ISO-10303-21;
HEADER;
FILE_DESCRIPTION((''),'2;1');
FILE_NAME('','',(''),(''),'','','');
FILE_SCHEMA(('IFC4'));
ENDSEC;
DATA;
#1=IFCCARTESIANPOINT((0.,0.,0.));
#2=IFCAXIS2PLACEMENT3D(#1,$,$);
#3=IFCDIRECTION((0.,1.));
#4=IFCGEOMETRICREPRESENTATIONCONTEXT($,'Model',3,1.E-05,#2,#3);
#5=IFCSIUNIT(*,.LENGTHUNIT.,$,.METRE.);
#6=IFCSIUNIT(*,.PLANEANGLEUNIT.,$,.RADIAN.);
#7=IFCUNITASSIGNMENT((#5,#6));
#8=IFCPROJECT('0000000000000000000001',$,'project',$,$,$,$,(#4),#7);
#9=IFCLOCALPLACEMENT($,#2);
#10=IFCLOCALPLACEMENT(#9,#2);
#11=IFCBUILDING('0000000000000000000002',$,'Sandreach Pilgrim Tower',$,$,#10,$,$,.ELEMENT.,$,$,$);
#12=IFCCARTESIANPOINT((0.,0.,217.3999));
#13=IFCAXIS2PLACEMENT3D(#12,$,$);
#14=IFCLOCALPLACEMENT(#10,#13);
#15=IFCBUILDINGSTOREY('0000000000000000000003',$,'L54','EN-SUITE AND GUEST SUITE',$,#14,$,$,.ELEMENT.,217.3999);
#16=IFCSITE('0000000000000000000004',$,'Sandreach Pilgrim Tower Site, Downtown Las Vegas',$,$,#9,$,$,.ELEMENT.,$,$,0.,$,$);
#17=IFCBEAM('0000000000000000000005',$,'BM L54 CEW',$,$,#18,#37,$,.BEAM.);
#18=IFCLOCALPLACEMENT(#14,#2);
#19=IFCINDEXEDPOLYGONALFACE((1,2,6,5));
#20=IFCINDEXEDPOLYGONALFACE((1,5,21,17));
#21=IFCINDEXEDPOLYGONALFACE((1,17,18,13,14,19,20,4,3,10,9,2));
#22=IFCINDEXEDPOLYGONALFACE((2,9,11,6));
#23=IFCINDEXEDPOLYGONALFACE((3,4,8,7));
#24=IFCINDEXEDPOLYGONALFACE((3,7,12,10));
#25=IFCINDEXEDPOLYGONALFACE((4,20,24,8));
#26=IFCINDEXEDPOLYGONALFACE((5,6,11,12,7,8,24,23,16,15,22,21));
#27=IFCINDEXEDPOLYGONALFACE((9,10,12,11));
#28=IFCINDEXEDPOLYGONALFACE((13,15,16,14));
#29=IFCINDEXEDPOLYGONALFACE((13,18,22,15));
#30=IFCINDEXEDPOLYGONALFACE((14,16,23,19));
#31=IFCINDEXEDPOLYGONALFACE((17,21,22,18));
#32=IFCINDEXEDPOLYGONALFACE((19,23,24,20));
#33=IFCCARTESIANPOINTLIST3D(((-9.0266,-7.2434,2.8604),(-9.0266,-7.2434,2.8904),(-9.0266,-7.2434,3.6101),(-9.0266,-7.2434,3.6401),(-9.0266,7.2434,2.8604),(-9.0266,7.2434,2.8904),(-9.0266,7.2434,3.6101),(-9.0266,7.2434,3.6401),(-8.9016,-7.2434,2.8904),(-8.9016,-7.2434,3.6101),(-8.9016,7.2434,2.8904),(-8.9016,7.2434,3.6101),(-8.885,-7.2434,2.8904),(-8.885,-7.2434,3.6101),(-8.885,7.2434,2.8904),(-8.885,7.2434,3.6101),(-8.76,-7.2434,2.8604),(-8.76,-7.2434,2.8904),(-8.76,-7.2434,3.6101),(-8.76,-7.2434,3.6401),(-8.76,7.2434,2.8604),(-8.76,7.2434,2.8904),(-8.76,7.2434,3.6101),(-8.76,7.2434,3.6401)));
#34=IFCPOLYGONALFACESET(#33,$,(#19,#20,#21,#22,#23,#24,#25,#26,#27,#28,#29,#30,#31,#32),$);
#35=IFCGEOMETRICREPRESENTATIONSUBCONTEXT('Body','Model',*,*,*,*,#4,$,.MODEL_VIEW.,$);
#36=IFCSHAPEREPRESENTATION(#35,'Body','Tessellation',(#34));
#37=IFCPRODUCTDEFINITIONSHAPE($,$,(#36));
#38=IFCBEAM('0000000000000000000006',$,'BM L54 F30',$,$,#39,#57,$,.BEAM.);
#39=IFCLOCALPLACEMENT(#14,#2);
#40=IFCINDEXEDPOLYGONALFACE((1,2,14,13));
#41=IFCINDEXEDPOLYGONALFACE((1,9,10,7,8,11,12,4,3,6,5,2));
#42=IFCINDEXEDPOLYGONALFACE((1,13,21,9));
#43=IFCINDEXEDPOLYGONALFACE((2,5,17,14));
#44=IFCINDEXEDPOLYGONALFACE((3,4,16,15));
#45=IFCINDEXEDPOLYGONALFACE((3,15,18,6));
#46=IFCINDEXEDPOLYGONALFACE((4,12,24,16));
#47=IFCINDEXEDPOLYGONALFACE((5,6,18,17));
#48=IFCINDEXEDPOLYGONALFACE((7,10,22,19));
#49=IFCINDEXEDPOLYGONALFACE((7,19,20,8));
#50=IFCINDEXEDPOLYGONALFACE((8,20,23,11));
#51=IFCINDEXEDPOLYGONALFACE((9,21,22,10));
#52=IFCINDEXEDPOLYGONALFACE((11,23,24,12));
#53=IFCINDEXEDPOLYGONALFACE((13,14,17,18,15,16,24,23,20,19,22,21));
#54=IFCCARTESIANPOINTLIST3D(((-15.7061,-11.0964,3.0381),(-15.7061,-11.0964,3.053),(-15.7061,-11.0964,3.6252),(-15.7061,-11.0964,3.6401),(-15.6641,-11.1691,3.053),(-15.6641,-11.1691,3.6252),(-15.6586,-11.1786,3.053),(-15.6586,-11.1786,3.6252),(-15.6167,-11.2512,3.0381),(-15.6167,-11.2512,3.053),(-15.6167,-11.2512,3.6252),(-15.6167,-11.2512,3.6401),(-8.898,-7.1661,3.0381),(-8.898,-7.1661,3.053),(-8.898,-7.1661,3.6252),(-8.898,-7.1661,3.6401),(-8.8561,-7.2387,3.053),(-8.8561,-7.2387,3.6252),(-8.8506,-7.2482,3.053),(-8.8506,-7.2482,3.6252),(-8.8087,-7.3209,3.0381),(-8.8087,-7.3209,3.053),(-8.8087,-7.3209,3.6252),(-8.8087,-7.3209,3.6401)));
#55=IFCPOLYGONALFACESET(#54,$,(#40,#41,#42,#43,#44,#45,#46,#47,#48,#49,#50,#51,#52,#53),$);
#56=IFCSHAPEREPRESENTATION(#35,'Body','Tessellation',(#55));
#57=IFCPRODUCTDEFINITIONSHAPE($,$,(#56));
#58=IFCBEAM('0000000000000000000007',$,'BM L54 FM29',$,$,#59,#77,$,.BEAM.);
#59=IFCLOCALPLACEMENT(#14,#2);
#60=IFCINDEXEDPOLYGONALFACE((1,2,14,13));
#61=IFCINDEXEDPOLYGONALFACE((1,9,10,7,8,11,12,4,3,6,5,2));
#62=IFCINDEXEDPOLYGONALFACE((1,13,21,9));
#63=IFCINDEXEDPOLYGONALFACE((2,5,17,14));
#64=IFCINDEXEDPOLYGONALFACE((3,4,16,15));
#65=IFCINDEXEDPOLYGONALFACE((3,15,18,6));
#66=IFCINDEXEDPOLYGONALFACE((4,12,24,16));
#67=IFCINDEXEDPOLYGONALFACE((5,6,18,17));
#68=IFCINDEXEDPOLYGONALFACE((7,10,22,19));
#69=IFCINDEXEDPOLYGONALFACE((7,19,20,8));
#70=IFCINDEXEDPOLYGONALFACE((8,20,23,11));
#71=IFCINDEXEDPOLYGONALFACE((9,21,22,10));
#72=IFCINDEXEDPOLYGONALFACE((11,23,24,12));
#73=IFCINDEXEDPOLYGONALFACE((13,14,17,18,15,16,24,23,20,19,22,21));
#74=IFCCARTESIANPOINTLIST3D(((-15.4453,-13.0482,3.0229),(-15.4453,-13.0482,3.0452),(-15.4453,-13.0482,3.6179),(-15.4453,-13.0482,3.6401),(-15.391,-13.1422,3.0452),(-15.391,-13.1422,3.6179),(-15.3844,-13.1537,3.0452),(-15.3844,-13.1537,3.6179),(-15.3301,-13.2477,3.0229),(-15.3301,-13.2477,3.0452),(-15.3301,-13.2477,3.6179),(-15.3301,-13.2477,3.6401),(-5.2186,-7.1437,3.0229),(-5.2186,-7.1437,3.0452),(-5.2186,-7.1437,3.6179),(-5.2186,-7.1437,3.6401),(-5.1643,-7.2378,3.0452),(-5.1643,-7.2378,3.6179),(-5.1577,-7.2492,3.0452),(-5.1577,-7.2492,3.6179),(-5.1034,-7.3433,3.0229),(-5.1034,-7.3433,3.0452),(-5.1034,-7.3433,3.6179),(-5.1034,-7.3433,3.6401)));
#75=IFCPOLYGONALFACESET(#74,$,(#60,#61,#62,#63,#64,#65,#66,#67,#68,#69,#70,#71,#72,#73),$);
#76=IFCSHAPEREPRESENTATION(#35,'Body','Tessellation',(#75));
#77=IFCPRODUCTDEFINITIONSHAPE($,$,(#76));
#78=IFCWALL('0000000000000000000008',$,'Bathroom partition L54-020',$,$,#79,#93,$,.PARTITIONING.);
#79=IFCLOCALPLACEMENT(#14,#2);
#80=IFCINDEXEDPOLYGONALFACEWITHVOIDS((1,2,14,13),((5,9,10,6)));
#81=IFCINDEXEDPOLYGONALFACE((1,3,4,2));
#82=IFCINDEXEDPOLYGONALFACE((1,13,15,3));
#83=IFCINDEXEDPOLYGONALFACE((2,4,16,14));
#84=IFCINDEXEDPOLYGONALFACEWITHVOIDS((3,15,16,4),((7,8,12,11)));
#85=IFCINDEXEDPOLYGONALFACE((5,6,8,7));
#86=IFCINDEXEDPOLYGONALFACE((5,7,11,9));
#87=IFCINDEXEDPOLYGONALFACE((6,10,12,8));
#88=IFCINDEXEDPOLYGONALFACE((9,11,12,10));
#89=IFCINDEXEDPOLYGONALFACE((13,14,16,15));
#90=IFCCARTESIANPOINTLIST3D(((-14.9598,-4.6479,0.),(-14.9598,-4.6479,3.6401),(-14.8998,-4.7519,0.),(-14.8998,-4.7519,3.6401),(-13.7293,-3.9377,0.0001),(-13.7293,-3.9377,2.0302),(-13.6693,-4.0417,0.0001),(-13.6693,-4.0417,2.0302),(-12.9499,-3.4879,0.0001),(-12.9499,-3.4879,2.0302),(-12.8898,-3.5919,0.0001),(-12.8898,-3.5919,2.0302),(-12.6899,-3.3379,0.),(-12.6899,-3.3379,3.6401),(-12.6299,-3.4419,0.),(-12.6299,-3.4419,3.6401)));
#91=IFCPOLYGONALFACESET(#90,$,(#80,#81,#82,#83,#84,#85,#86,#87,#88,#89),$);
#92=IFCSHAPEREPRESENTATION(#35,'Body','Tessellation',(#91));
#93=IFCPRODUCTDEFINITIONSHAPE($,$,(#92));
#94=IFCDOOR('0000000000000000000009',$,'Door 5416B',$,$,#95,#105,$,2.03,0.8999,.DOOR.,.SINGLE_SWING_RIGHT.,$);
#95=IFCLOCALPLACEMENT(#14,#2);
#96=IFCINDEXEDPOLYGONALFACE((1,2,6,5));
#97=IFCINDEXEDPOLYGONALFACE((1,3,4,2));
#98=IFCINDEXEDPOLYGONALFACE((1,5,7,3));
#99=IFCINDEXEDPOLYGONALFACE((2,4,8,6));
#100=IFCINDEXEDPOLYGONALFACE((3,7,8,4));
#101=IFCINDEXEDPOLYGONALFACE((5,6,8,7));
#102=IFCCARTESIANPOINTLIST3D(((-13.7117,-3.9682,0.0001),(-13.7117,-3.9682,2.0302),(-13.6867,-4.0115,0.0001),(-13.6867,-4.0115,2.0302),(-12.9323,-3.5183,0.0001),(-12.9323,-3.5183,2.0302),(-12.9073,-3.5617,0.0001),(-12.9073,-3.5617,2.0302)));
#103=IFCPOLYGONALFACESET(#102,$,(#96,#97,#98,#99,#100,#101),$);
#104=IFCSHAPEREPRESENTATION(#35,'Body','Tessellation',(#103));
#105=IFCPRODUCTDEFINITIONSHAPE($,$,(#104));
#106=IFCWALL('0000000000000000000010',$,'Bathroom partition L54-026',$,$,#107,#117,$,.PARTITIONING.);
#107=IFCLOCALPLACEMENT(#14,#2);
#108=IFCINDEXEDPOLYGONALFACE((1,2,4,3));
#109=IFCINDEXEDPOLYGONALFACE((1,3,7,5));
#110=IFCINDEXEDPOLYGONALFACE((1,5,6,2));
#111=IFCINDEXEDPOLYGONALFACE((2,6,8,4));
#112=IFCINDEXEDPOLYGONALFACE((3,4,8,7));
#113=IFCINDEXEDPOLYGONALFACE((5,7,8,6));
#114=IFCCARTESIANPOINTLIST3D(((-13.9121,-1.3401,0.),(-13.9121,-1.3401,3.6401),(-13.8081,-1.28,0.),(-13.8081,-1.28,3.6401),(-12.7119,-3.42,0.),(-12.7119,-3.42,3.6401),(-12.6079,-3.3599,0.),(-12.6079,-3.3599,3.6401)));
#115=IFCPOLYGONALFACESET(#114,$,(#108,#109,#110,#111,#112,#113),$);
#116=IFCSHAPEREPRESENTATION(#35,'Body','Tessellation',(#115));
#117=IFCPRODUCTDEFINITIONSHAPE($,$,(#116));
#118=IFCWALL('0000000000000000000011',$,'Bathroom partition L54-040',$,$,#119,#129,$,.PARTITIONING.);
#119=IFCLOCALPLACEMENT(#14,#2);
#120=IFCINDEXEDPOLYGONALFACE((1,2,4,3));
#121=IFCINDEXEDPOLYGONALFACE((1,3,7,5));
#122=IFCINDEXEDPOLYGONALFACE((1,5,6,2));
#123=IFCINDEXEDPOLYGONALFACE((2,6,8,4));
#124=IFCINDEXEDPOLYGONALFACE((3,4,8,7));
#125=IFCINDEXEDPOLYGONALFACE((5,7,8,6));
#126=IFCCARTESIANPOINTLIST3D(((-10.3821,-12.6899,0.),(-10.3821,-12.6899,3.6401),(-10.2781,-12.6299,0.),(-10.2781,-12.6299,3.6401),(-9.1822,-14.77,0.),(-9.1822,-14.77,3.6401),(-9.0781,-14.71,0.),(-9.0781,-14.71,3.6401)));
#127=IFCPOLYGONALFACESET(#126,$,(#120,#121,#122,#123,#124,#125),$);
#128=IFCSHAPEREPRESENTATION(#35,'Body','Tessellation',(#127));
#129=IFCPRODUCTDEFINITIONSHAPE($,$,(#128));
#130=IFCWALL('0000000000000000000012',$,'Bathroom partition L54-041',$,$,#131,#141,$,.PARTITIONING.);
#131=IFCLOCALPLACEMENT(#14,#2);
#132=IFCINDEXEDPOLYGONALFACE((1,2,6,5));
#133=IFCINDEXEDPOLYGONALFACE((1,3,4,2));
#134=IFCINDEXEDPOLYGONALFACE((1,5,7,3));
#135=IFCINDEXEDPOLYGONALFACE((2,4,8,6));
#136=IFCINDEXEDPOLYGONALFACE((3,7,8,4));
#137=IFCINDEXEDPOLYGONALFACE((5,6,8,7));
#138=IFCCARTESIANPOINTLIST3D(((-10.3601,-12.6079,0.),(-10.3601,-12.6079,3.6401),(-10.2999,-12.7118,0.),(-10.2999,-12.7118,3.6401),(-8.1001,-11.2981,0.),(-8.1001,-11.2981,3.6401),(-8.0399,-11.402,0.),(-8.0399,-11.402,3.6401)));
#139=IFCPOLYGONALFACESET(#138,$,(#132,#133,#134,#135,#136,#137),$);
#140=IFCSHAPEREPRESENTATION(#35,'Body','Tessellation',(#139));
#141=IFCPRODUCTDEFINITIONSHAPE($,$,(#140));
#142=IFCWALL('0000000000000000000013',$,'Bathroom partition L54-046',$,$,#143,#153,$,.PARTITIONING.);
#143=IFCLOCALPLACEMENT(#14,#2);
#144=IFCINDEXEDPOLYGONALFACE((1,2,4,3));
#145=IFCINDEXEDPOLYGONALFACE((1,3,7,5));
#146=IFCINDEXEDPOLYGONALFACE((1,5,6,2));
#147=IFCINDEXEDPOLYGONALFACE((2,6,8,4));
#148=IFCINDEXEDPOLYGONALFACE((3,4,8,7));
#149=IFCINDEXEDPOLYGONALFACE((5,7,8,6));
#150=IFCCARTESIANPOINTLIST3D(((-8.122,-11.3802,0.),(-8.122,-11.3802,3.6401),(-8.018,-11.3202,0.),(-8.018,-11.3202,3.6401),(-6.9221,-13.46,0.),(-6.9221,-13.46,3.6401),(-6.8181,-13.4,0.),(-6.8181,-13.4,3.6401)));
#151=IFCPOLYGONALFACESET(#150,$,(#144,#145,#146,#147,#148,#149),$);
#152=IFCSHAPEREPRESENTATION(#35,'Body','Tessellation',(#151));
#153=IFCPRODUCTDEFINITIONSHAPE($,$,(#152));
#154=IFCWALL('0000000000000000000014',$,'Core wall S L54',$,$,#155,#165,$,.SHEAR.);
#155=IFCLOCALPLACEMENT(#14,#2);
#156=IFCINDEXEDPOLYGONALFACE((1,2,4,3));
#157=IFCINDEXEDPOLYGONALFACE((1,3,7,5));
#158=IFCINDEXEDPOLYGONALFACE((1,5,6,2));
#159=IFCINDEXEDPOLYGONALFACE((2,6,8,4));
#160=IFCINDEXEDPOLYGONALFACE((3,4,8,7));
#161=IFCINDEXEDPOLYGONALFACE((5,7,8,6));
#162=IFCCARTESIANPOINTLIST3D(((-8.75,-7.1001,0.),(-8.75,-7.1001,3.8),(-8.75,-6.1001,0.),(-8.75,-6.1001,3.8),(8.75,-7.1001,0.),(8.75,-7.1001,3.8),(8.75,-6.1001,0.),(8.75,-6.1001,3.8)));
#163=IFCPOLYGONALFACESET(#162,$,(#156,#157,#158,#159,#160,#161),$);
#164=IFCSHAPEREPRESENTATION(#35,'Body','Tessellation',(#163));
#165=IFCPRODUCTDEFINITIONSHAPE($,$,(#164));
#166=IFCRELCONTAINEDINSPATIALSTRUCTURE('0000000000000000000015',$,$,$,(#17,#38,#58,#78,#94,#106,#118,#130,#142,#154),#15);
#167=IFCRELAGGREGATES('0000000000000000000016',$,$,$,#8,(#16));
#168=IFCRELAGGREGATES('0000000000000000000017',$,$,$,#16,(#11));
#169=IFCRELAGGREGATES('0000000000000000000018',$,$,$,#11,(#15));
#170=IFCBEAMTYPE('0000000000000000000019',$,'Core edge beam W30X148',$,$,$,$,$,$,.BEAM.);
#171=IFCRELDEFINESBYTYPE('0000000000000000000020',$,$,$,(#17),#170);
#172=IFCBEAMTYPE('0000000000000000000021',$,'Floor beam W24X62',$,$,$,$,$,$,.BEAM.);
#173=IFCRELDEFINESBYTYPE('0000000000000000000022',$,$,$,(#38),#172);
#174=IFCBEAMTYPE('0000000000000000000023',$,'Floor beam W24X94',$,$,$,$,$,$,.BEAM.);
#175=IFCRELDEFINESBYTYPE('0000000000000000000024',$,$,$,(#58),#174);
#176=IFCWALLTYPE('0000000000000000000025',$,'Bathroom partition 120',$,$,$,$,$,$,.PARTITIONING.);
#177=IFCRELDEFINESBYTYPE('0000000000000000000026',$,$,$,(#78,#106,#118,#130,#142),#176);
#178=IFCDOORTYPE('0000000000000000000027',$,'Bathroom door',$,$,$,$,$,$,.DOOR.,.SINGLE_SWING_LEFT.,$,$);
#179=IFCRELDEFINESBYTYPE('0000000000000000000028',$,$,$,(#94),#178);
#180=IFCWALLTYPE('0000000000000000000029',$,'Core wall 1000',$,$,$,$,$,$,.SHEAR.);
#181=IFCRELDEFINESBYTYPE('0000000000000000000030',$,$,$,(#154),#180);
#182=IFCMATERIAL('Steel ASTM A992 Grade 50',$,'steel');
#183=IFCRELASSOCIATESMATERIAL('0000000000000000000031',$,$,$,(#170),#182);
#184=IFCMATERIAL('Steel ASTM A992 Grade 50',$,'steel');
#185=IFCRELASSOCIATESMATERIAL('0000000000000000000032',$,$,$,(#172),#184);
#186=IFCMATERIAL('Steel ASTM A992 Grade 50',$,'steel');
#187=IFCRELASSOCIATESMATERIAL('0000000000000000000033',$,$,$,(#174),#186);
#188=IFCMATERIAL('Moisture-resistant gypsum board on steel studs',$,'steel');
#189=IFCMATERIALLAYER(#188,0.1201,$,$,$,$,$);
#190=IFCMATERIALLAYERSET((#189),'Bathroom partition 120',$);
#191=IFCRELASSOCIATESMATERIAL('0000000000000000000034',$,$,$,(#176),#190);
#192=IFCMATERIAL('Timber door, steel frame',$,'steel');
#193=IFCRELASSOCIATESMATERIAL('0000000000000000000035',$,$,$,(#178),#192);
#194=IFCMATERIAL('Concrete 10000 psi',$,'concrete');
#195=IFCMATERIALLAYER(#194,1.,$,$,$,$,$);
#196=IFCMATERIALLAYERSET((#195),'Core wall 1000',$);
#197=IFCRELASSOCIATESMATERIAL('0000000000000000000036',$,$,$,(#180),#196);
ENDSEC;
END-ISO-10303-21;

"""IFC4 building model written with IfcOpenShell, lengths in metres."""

from ifc_helpers import new_model, si_unit, direction, frame, frame_2d, origin, origin_2d, place, context, subcontext, project, spatial, rectangle, i_section, extrude, material, layer, layer_set, material_profile, profile_set, type_object, element, fill, save


model = new_model("IFC4")

# Units and contexts
model_context = context("Model", 3, precision=1e-05, world=origin(), true_north=direction((0.0, 1.0)))
body_context = subcontext(model_context, "Body", "Model", "MODEL_VIEW")
ifc_project = project(units=[si_unit("LENGTHUNIT", "METRE"), si_unit("PLANEANGLEUNIT", "RADIAN")], contexts=[model_context])

# Site, building, storey
site_placement = place(None, origin())
site = spatial("IfcSite", under=ifc_project, at=site_placement, Name="Sandreach Pilgrim Tower Site, Downtown Las Vegas", CompositionType="ELEMENT", RefElevation=0.0)
building_placement = place(site_placement, origin())
building = spatial("IfcBuilding", under=site, at=building_placement, Name="Sandreach Pilgrim Tower", CompositionType="ELEMENT")
storey_placement = place(building_placement, frame((0.0, 0.0, 217.3999)))
storey = spatial("IfcBuildingStorey", under=building, at=storey_placement, Name="L54", Description="EN-SUITE AND GUEST SUITE", CompositionType="ELEMENT", Elevation=217.3999)

# Beams
ifc_material_1 = material(Name="Steel ASTM A992 Grade 50", Category="steel")
ifc_material_profile_1 = material_profile(ifc_material_1, i_section(OverallWidth=0.2666, OverallDepth=0.7798, WebThickness=0.0166, FlangeThickness=0.03, at=origin_2d()), Name="W30X148")
ifc_profile_set_1 = profile_set([ifc_material_profile_1], Name="Steel ASTM A992 Grade 50")
beam_type_1 = type_object("IfcBeamType", Name="Core edge beam W30X148", PredefinedType="BEAM", material=ifc_profile_set_1)
beam_1_placement = place(storey_placement, frame((-8.8933, -7.2434, 3.2502), z_axis=(0.0, 1.0, 0.0), x_axis=(-1.0, 0.0, 0.0)))
element("IfcBeam", 1, at=beam_1_placement, inside=storey, type_object=beam_type_1, Name="BM L54 CEW", PredefinedType="BEAM", context=body_context, shape_type="SweptSolid", body=[
    extrude(i_section(OverallWidth=0.2666, OverallDepth=0.7798, WebThickness=0.0166, FlangeThickness=0.03, at=origin_2d()), origin(), (0.0, 0.0, 1.0), 14.4868),
])
ifc_material_2 = material(Name="Steel ASTM A992 Grade 50", Category="steel")
ifc_material_profile_2 = material_profile(ifc_material_2, i_section(OverallWidth=0.1787, OverallDepth=0.6021, WebThickness=0.011, FlangeThickness=0.0149, at=origin_2d()), Name="W24X62")
ifc_profile_set_2 = profile_set([ifc_material_profile_2], Name="Steel ASTM A992 Grade 50")
beam_type_2 = type_object("IfcBeamType", Name="Floor beam W24X62", PredefinedType="BEAM", material=ifc_profile_set_2)
beam_2_placement = place(storey_placement, frame((-15.6614, -11.1738, 3.3391), z_axis=(0.866039, 0.499977, 0.0), x_axis=(-0.499977, 0.866039, 0.0)))
element("IfcBeam", 2, at=beam_2_placement, inside=storey, type_object=beam_type_2, Name="BM L54 F30", PredefinedType="BEAM", context=body_context, shape_type="SweptSolid", body=[
    extrude(i_section(OverallWidth=0.1787, OverallDepth=0.6021, WebThickness=0.011, FlangeThickness=0.0149, at=origin_2d()), origin(), (0.0, 0.0, 1.0), 7.8611),
])
ifc_material_3 = material(Name="Steel ASTM A992 Grade 50", Category="steel")
ifc_material_profile_3 = material_profile(ifc_material_3, i_section(OverallWidth=0.2305, OverallDepth=0.6172, WebThickness=0.0132, FlangeThickness=0.0222, at=origin_2d()), Name="W24X94")
ifc_profile_set_3 = profile_set([ifc_material_profile_3], Name="Steel ASTM A992 Grade 50")
beam_type_3 = type_object("IfcBeamType", Name="Floor beam W24X94", PredefinedType="BEAM", material=ifc_profile_set_3)
beam_3_placement = place(storey_placement, frame((-15.3877, -13.1479, 3.3315), z_axis=(0.866022, 0.500006, 0.0), x_axis=(-0.500006, 0.866022, 0.0)))
element("IfcBeam", 3, at=beam_3_placement, inside=storey, type_object=beam_type_3, Name="BM L54 FM29", PredefinedType="BEAM", context=body_context, shape_type="SweptSolid", body=[
    extrude(i_section(OverallWidth=0.2305, OverallDepth=0.6172, WebThickness=0.0132, FlangeThickness=0.0222, at=origin_2d()), origin(), (0.0, 0.0, 1.0), 11.8088),
])

# Wall, opening, door
ifc_material_4 = material(Name="Moisture-resistant gypsum board on steel studs", Category="steel")
ifc_layer_1 = layer(ifc_material_4, 0.1201)
ifc_layer_set_1 = layer_set([ifc_layer_1], Name="Bathroom partition 120")
wall_type_1 = type_object("IfcWallType", Name="Bathroom partition 120", PredefinedType="PARTITIONING", material=ifc_layer_set_1)
wall_1_placement = place(storey_placement, frame((-14.9299, -4.7, 0.0), z_axis=(0.0, 0.0, 1.0), x_axis=(0.866114, 0.499846, 0.0)))
wall_1 = element("IfcWall", 4, at=wall_1_placement, inside=storey, type_object=wall_type_1, Name="Bathroom partition L54-020", PredefinedType="PARTITIONING", context=body_context, shape_type="SweptSolid", body=[
    extrude(rectangle(XDim=2.6208, YDim=0.1201, at=frame_2d((1.3105, 0.0))), origin(), (0.0, 0.0, 1.0), 3.6401),
])
opening_1_placement = place(wall_1_placement, frame((1.4209, 0.0, 0.0)))
opening_1 = element("IfcOpeningElement", 5, at=opening_1_placement, cuts=wall_1, PredefinedType="OPENING", context=body_context, shape_type="SweptSolid", body=[
    extrude(rectangle(XDim=0.8999, YDim=2.03, at=frame_2d((0.45, 1.0151))), frame((0.0, 0.0601, 0.0), z_axis=(0.0, -1.0, 0.0), x_axis=(1.0, 0.0, 0.0)), (0.0, 0.0, 1.0), 0.1201),
])
ifc_material_5 = material(Name="Timber door, steel frame", Category="steel")
door_type_1 = type_object("IfcDoorType", Name="Bathroom door", OperationType="SINGLE_SWING_LEFT", PredefinedType="DOOR", material=ifc_material_5)
door_1_placement = place(opening_1_placement, origin())
door_1 = element("IfcDoor", 6, at=door_1_placement, inside=storey, type_object=door_type_1, Name="Door 5416B", OperationType="SINGLE_SWING_RIGHT", OverallHeight=2.03, OverallWidth=0.8999, PredefinedType="DOOR", context=body_context, shape_type="SweptSolid", body=[
    extrude(rectangle(XDim=0.8999, YDim=2.03, at=frame_2d((0.45, 1.0151))), frame((0.0, 0.0249, 0.0), z_axis=(0.0, -1.0, 0.0), x_axis=(1.0, 0.0, 0.0)), (0.0, 0.0, 1.0), 0.05),
])
fill(opening_1, door_1)

# Walls
for number, where, z_axis, x_axis, name in (
    (7, (-13.8601, -1.3101, 0.0), (0.0, 0.0, 1.0), (0.499813, -0.866133, 0.0), "Bathroom partition L54-026"),
    (8, (-10.3301, -12.6599, 0.0), (0.0, 0.0, 1.0), (0.499693, -0.866203, 0.0), "Bathroom partition L54-040"),
):
    element("IfcWall", number, at=place(storey_placement, frame(where, z_axis=z_axis, x_axis=x_axis)), inside=storey, type_object=wall_type_1, Name=name, PredefinedType="PARTITIONING", context=body_context, shape_type="SweptSolid", body=[
        extrude(rectangle(XDim=2.4014, YDim=0.1201, at=frame_2d((1.2007, 0.0))), origin(), (0.0, 0.0, 1.0), 3.6401),
    ])
wall_2_placement = place(storey_placement, frame((-10.3301, -12.6599, 0.0), z_axis=(0.0, 0.0, 1.0), x_axis=(0.865196, 0.501434, 0.0)))
element("IfcWall", 9, at=wall_2_placement, inside=storey, type_object=wall_type_1, Name="Bathroom partition L54-041", PredefinedType="PARTITIONING", context=body_context, shape_type="SweptSolid", body=[
    extrude(rectangle(XDim=2.6121, YDim=0.1201, at=frame_2d((1.3062, 0.0))), origin(), (0.0, 0.0, 1.0), 3.6401),
])
wall_3_placement = place(storey_placement, frame((-8.0701, -11.3501, 0.0), z_axis=(0.0, 0.0, 1.0), x_axis=(0.499737, -0.866177, 0.0)))
element("IfcWall", 10, at=wall_3_placement, inside=storey, type_object=wall_type_1, Name="Bathroom partition L54-046", PredefinedType="PARTITIONING", context=body_context, shape_type="SweptSolid", body=[
    extrude(rectangle(XDim=2.4011, YDim=0.1201, at=frame_2d((1.2007, 0.0))), origin(), (0.0, 0.0, 1.0), 3.6401),
])
ifc_material_6 = material(Name="Concrete 10000 psi", Category="concrete")
ifc_layer_2 = layer(ifc_material_6, 1.0)
ifc_layer_set_2 = layer_set([ifc_layer_2], Name="Core wall 1000")
wall_type_2 = type_object("IfcWallType", Name="Core wall 1000", PredefinedType="SHEAR", material=ifc_layer_set_2)
wall_4_placement = place(storey_placement, frame((-8.75, -6.6001, 0.0), z_axis=(0.0, 0.0, 1.0), x_axis=(1.0, 0.0, 0.0)))
element("IfcWall", 11, at=wall_4_placement, inside=storey, type_object=wall_type_2, Name="Core wall S L54", PredefinedType="SHEAR", context=body_context, shape_type="SweptSolid", body=[
    extrude(rectangle(XDim=17.5, YDim=1.0, at=frame_2d((8.75, 0.0))), origin(), (0.0, 0.0, 1.0), 3.8),
])

save(model, "model.ifc")
